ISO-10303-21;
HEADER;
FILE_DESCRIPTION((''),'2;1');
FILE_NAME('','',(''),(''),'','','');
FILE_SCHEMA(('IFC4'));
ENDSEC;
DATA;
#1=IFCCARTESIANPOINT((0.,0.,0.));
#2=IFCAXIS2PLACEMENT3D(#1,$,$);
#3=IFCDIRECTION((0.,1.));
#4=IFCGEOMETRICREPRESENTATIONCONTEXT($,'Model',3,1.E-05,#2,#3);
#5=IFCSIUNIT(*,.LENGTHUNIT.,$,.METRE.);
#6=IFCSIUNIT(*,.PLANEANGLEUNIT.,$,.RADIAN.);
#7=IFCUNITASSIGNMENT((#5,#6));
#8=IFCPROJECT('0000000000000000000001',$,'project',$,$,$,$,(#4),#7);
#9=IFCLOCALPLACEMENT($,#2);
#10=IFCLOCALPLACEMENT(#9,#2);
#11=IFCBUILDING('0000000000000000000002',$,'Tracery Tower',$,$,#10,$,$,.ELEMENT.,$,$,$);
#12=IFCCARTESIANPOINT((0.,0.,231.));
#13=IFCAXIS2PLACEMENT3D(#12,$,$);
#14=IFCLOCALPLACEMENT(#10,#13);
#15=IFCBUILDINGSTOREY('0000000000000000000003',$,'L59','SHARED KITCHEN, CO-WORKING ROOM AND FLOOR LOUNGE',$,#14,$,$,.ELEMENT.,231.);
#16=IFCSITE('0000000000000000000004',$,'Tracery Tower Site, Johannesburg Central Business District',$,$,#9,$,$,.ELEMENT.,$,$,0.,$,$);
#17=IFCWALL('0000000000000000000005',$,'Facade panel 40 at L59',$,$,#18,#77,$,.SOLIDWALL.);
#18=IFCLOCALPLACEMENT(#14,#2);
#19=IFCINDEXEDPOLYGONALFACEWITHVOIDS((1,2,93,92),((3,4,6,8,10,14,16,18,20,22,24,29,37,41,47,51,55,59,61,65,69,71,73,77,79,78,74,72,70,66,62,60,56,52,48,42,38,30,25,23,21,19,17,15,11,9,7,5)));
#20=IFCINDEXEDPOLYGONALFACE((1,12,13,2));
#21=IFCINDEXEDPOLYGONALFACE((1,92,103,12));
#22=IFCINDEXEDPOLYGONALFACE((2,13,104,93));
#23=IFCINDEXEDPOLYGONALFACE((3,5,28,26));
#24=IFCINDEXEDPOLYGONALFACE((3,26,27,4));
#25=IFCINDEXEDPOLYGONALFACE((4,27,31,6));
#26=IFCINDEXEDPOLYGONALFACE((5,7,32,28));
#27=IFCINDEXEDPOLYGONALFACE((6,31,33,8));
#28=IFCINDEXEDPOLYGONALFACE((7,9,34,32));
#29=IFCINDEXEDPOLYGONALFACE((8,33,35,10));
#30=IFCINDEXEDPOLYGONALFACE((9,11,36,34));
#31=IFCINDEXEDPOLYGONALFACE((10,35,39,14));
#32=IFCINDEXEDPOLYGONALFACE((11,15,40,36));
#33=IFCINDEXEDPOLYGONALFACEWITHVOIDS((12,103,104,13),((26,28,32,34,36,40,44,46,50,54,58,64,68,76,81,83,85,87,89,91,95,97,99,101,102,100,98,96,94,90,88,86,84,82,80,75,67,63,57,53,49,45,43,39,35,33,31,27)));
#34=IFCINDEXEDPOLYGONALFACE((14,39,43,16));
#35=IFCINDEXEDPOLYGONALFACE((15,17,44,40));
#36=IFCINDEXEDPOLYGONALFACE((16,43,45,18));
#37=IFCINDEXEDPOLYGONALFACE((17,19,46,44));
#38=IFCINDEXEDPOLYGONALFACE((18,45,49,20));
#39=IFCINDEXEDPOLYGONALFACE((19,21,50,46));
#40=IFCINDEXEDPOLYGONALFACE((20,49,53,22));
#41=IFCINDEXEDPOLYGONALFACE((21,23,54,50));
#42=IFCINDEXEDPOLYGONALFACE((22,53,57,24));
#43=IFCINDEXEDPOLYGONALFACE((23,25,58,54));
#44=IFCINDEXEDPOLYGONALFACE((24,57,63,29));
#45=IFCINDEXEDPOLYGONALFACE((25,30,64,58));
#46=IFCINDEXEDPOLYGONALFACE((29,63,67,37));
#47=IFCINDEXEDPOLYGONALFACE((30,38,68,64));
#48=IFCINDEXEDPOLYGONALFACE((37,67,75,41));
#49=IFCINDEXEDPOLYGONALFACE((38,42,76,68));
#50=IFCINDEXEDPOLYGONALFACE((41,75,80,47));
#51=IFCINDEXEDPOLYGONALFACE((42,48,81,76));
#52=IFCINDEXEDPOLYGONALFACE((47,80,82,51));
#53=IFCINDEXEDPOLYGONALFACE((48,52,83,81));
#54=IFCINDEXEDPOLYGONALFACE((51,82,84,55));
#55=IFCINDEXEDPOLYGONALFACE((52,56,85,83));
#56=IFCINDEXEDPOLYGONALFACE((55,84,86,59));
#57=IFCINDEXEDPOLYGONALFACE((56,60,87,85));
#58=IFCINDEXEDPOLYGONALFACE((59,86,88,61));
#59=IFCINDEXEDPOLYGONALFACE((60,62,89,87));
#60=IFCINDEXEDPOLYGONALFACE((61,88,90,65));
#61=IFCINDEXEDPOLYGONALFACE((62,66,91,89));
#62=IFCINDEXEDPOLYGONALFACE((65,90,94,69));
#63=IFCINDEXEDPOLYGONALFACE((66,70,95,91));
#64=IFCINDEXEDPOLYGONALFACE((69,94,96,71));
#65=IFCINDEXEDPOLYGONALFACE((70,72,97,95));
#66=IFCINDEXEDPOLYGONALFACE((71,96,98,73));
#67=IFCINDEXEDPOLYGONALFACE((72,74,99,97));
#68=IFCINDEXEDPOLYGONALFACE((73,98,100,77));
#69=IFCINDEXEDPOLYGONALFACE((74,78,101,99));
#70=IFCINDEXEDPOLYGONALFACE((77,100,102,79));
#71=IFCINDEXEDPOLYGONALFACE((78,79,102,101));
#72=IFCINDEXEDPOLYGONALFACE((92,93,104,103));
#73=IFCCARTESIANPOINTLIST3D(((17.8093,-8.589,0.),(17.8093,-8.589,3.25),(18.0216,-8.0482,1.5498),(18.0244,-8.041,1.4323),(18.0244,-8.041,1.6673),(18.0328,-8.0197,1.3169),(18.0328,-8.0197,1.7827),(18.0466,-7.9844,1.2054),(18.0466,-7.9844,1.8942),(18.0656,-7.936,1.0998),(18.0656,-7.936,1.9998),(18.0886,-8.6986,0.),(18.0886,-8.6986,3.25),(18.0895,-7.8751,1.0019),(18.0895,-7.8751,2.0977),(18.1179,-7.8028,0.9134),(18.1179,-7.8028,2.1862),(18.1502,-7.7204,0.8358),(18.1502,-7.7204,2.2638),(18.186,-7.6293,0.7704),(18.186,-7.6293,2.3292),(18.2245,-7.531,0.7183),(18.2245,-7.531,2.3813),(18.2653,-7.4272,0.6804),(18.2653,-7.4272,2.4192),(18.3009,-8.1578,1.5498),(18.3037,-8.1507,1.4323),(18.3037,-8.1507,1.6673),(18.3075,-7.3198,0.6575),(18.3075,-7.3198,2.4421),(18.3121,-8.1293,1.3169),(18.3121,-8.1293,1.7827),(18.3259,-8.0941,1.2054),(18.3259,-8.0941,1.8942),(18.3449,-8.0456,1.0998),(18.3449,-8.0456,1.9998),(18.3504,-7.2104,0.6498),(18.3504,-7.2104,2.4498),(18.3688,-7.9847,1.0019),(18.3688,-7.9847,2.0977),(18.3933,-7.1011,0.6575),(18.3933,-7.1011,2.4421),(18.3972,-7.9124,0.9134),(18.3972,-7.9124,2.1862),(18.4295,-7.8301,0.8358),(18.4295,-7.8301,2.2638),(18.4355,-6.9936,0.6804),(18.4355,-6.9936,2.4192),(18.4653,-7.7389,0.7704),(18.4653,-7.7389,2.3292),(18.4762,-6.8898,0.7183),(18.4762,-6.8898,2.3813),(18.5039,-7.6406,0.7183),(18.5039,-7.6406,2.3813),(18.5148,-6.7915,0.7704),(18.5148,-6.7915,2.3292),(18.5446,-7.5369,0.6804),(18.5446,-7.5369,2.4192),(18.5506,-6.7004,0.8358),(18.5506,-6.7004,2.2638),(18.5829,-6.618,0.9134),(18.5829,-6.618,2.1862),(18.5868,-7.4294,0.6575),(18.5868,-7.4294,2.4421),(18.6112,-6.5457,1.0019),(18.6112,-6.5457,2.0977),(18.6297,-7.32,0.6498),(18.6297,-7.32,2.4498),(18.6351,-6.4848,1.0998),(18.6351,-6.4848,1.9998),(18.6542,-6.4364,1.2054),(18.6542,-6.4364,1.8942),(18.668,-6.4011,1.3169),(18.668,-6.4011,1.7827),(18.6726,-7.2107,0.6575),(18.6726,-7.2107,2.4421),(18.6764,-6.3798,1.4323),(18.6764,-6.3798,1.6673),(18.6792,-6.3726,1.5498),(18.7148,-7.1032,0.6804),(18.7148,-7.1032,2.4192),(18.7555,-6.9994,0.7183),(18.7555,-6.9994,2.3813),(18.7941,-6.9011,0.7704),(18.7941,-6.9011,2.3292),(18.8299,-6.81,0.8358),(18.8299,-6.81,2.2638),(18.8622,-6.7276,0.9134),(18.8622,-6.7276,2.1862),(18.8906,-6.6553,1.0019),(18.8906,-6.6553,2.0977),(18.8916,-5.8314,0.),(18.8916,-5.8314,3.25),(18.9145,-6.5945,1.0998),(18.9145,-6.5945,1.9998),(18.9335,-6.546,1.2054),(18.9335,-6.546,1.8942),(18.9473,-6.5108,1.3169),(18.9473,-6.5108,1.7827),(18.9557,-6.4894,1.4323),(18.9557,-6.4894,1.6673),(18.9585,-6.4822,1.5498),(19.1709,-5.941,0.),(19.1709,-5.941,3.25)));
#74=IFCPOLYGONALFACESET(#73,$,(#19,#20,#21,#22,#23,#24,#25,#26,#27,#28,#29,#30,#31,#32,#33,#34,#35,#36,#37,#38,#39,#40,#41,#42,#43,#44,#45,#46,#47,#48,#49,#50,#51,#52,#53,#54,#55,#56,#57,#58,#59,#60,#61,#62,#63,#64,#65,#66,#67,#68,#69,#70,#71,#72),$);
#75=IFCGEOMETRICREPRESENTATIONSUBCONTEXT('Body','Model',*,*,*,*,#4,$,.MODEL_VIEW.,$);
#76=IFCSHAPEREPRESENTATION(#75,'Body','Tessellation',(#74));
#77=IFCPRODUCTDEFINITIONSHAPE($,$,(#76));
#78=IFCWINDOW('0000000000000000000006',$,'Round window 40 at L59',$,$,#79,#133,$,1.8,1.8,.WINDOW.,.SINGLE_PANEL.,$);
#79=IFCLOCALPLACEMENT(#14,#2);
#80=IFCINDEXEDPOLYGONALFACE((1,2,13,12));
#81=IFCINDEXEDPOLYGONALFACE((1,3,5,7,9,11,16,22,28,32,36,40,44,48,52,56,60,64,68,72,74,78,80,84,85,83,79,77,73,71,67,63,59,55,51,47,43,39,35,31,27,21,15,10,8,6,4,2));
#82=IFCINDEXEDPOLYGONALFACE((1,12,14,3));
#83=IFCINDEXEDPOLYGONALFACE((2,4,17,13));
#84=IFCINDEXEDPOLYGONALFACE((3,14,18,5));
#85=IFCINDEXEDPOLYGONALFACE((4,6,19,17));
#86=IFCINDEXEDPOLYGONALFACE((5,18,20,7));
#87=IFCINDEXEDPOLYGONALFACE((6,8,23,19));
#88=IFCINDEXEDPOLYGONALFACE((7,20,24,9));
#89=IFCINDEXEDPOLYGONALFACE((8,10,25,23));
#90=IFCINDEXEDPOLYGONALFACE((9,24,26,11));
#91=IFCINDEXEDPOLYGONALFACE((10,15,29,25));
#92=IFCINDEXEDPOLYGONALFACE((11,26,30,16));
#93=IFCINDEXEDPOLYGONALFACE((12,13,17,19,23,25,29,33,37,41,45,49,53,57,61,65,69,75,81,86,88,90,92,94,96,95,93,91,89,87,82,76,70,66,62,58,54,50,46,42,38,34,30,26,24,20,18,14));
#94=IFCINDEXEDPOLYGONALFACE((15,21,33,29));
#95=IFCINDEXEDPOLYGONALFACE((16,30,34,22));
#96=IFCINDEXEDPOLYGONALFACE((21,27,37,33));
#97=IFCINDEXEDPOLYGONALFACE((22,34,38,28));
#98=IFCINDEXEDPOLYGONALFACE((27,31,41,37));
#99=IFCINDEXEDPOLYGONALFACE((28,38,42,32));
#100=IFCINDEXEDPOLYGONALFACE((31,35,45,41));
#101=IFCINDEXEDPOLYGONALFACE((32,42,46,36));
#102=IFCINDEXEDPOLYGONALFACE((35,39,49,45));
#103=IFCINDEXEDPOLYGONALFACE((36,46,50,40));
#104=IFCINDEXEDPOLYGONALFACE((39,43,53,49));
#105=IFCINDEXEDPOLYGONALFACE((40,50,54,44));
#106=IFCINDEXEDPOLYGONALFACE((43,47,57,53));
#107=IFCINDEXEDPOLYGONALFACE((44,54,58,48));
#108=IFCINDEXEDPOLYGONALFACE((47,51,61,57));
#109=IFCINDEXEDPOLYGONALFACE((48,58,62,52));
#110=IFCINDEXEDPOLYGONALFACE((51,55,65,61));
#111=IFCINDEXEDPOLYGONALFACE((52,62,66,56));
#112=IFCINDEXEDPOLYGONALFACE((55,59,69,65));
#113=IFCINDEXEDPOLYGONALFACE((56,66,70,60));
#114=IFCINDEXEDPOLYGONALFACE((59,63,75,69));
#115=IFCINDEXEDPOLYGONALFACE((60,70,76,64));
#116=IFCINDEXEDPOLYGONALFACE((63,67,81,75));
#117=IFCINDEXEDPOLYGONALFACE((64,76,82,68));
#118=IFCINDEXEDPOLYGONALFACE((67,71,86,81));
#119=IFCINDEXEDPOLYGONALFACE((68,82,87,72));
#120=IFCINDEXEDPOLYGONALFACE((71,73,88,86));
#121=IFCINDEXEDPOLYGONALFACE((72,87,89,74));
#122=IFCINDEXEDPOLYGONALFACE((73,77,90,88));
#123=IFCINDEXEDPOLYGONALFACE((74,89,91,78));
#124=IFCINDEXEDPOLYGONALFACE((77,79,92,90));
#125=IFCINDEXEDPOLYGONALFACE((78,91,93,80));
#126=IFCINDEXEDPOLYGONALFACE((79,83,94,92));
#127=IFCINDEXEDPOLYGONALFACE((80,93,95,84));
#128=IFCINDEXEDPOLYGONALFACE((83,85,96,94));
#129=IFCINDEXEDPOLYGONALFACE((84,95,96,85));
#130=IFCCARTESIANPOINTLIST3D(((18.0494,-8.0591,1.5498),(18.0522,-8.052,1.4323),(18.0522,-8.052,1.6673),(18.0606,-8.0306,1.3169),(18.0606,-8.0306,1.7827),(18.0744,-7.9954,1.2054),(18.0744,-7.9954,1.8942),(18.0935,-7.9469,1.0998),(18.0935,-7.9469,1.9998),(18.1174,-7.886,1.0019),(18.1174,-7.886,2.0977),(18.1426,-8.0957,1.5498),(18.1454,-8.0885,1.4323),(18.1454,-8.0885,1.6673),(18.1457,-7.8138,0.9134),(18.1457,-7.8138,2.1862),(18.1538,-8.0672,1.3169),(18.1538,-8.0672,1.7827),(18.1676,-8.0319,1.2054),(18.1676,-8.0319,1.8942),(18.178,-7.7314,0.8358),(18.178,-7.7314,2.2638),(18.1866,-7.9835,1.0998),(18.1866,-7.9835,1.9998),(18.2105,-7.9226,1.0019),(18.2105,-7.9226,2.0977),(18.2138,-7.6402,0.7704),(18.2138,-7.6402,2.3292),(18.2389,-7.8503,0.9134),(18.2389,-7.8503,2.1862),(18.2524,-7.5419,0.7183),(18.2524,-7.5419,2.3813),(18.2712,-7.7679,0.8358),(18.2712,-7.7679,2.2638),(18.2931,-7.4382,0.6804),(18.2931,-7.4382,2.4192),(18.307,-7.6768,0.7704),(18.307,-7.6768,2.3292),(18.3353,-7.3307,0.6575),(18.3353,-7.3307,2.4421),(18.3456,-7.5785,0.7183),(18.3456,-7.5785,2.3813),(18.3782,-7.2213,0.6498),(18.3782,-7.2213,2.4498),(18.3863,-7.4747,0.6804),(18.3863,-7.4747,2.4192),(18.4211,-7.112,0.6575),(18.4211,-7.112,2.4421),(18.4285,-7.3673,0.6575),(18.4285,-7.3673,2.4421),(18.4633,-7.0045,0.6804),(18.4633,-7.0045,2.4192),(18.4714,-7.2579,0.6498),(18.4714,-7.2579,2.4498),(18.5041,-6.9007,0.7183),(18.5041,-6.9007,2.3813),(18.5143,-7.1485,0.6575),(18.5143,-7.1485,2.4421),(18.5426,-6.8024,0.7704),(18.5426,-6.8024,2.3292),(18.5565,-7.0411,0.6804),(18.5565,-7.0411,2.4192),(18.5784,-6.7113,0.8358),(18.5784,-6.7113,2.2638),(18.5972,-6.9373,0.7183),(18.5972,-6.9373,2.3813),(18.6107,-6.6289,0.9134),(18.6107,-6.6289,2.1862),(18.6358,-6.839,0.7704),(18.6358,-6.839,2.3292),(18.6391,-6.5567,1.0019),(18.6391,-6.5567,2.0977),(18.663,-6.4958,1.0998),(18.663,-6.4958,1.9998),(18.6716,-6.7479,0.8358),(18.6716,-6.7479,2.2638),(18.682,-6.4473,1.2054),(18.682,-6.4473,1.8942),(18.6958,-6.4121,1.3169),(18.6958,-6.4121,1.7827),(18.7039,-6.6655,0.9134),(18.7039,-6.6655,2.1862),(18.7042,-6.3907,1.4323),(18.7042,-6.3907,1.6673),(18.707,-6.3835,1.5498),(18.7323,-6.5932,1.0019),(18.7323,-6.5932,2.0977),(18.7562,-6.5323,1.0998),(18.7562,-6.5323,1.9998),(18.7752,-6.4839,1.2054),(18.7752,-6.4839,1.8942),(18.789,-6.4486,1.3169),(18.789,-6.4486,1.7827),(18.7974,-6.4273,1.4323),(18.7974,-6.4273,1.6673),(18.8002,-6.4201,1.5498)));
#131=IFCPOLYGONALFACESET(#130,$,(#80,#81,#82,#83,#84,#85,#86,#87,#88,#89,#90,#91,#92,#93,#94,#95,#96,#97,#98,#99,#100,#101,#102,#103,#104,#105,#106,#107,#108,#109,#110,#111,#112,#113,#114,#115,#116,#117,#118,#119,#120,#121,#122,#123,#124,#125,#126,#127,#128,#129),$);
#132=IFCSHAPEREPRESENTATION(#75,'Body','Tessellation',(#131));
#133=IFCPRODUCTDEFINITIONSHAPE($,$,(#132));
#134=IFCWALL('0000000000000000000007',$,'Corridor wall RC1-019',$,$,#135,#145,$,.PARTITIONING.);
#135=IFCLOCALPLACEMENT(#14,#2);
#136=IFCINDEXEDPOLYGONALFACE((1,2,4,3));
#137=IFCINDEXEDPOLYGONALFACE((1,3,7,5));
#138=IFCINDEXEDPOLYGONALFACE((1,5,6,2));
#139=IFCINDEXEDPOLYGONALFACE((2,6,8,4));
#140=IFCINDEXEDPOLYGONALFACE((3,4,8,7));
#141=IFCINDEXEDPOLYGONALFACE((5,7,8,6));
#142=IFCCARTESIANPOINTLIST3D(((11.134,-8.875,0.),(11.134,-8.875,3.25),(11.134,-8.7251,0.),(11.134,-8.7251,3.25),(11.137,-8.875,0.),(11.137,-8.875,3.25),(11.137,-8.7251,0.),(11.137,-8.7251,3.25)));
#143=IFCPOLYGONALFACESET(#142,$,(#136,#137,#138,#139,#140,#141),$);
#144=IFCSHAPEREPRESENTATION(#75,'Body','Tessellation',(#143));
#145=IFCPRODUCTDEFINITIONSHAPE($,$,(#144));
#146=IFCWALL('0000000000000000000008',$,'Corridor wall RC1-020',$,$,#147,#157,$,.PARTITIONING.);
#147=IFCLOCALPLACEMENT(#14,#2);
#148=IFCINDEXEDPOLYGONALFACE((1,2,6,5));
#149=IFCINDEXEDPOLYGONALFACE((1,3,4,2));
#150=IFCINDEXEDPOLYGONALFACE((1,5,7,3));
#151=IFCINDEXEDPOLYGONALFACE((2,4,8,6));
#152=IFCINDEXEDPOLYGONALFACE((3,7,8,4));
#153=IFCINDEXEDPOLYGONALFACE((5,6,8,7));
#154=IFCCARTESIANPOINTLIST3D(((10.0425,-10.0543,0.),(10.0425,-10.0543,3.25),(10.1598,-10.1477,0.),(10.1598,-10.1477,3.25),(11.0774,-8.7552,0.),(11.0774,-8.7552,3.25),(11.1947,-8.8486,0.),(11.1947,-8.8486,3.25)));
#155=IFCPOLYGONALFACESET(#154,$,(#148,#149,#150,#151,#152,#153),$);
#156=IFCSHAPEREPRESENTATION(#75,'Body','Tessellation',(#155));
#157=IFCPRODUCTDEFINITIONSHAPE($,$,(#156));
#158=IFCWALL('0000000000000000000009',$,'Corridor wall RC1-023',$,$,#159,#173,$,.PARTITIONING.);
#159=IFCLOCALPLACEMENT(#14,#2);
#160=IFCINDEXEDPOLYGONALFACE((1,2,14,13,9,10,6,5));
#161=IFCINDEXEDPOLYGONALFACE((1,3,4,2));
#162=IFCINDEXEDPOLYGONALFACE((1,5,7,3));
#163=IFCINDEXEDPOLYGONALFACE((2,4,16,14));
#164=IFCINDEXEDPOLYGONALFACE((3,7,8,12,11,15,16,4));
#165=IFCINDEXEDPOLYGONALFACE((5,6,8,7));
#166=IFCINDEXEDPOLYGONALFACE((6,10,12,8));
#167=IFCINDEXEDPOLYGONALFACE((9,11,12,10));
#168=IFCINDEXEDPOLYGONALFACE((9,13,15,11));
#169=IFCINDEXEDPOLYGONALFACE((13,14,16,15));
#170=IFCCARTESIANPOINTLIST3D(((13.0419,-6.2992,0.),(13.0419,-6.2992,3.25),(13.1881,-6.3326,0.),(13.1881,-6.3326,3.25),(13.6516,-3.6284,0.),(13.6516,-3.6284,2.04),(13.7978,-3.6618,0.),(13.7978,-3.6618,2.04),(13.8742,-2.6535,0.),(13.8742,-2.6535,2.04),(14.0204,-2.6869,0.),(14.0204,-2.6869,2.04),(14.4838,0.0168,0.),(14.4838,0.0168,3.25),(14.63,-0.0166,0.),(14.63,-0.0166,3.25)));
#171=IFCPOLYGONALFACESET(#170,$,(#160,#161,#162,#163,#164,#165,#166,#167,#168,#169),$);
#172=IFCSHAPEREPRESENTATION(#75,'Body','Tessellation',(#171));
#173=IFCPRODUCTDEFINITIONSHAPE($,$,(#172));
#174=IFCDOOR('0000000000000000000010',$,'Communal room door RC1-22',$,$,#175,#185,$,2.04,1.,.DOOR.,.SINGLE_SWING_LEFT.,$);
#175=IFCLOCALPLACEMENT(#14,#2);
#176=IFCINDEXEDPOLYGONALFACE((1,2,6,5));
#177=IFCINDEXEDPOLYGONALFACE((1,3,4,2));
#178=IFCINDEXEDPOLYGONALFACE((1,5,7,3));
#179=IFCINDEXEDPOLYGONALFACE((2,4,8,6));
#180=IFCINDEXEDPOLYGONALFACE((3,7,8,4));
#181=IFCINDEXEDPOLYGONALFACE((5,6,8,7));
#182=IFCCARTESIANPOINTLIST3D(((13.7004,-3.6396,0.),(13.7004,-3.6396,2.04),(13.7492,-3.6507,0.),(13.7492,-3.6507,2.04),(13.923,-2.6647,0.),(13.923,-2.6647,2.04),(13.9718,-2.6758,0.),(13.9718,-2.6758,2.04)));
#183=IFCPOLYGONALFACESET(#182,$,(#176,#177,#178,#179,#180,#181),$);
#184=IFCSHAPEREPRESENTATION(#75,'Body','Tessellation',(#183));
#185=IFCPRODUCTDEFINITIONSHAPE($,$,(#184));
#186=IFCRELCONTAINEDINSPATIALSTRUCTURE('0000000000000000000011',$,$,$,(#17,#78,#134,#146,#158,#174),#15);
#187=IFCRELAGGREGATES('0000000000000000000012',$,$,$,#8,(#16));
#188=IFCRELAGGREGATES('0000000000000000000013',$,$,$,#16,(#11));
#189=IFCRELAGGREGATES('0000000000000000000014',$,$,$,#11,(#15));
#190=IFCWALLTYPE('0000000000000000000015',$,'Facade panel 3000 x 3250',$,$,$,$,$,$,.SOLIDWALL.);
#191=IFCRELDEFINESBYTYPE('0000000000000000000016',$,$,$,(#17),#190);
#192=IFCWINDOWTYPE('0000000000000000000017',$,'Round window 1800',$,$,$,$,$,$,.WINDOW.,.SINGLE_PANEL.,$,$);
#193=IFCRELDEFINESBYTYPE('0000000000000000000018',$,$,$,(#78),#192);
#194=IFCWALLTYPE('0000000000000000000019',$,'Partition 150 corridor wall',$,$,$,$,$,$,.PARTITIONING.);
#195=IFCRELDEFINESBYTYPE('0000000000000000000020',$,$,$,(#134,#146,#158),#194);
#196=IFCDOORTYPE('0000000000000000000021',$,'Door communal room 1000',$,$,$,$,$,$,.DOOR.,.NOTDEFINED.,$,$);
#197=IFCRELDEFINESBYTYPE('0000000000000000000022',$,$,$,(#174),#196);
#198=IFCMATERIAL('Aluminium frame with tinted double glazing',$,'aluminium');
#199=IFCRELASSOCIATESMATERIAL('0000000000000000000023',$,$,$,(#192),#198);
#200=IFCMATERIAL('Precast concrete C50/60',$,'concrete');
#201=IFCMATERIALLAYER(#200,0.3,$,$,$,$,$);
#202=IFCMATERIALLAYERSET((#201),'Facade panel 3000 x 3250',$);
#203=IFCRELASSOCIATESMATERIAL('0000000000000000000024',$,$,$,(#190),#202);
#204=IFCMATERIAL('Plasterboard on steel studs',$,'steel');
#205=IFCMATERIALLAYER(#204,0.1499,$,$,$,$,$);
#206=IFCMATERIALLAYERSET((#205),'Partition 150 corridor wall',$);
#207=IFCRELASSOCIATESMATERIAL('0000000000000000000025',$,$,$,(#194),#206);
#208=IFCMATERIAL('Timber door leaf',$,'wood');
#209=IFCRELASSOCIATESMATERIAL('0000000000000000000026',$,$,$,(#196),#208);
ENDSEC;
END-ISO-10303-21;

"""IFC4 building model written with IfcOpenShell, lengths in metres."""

from ifc_helpers import new_model, si_unit, direction, frame, frame_2d, origin, origin_2d, place, context, subcontext, project, spatial, rectangle, circle, extrude, material, layer, layer_set, type_object, element, fill, save


model = new_model("IFC4")

# Units and contexts
model_context = context("Model", 3, precision=1e-05, world=origin(), true_north=direction((0.0, 1.0)))
body_context = subcontext(model_context, "Body", "Model", "MODEL_VIEW")
ifc_project = project(units=[si_unit("LENGTHUNIT", "METRE"), si_unit("PLANEANGLEUNIT", "RADIAN")], contexts=[model_context])

# Site, building, storey
site_placement = place(None, origin())
site = spatial("IfcSite", under=ifc_project, at=site_placement, Name="Tracery Tower Site, Johannesburg Central Business District", CompositionType="ELEMENT", RefElevation=0.0)
building_placement = place(site_placement, origin())
building = spatial("IfcBuilding", under=site, at=building_placement, Name="Tracery Tower", CompositionType="ELEMENT")
storey_placement = place(building_placement, frame((0.0, 0.0, 231.0)))
storey = spatial("IfcBuildingStorey", under=building, at=storey_placement, Name="L59", Description="SHARED KITCHEN, CO-WORKING ROOM AND FLOOR LOUNGE", CompositionType="ELEMENT", Elevation=231.0)

# Wall, opening, window
ifc_material_1 = material(Name="Aluminium frame with tinted double glazing", Category="aluminium")
window_type = type_object("IfcWindowType", Name="Round window 1800", PartitioningType="SINGLE_PANEL", PredefinedType="WINDOW", material=ifc_material_1)
ifc_material_2 = material(Name="Precast concrete C50/60", Category="concrete")
ifc_layer_1 = layer(ifc_material_2, 0.3)
ifc_layer_set_1 = layer_set([ifc_layer_1], Name="Facade panel 3000 x 3250")
wall_type_1 = type_object("IfcWallType", Name="Facade panel 3000 x 3250", PredefinedType="SOLIDWALL", material=ifc_layer_set_1)
wall_1_placement = place(storey_placement, frame((17.949, -8.6438, 0.0), z_axis=(0.0, 0.0, 1.0), x_axis=(0.365344, 0.930873, 0.0)))
wall_1 = element("IfcWall", 1, at=wall_1_placement, inside=storey, type_object=wall_type_1, Name="Facade panel 40 at L59", PredefinedType="SOLIDWALL", context=body_context, shape_type="SweptSolid", body=[
    extrude(rectangle(XDim=2.9624, YDim=0.3, at=frame_2d((1.4812, 0.0))), origin(), (0.0, 0.0, 1.0), 3.25),
])
opening_1_placement = place(wall_1_placement, frame((1.481, 0.0, 1.5498)))
opening_1 = element("IfcOpeningElement", 2, at=opening_1_placement, cuts=wall_1, PredefinedType="OPENING", context=body_context, shape_type="SweptSolid", body=[
    extrude(circle(Radius=0.9, at=origin_2d()), frame((0.0, 0.1599, 0.0), z_axis=(0.0, -1.0, 0.0), x_axis=(1.0, 0.0, 0.0)), (0.0, 0.0, 1.0), 0.3201),
])
window_1_placement = place(opening_1_placement, origin())
window_1 = element("IfcWindow", 3, at=window_1_placement, inside=storey, type_object=window_type, Name="Round window 40 at L59", OverallHeight=1.8, OverallWidth=1.8, PartitioningType="SINGLE_PANEL", PredefinedType="WINDOW", context=body_context, shape_type="SweptSolid", body=[
    extrude(circle(Radius=0.9, at=origin_2d()), frame((0.0, 0.1201, 0.0), z_axis=(0.0, -1.0, 0.0), x_axis=(1.0, 0.0, 0.0)), (0.0, 0.0, 1.0), 0.1001),
])
fill(opening_1, window_1)

# Walls
ifc_material_3 = material(Name="Plasterboard on steel studs", Category="steel")
ifc_layer_2 = layer(ifc_material_3, 0.1499)
ifc_layer_set_2 = layer_set([ifc_layer_2], Name="Partition 150 corridor wall")
wall_type_2 = type_object("IfcWallType", Name="Partition 150 corridor wall", PredefinedType="PARTITIONING", material=ifc_layer_set_2)
wall_2_placement = place(storey_placement, frame((11.137, -8.8, 0.0), z_axis=(0.0, 0.0, 1.0), x_axis=(-1.0, 0.0, 0.0)))
element("IfcWall", 4, at=wall_2_placement, inside=storey, type_object=wall_type_2, Name="Corridor wall RC1-019", PredefinedType="PARTITIONING", context=body_context, shape_type="SweptSolid", body=[
    extrude(rectangle(XDim=0.0029, YDim=0.1499, at=frame_2d((0.0015, 0.0))), origin(), (0.0, 0.0, 1.0), 3.25),
])
wall_3_placement = place(storey_placement, frame((10.1011, -10.1011, 0.0), z_axis=(0.0, 0.0, 1.0), x_axis=(0.623098, 0.782143, 0.0)))
element("IfcWall", 5, at=wall_3_placement, inside=storey, type_object=wall_type_2, Name="Corridor wall RC1-020", PredefinedType="PARTITIONING", context=body_context, shape_type="SweptSolid", body=[
    extrude(rectangle(XDim=1.6609, YDim=0.1499, at=frame_2d((0.8306, 0.0))), origin(), (0.0, 0.0, 1.0), 3.25),
])

# Wall, opening, door
wall_4_placement = place(storey_placement, frame((13.115, -6.3159, 0.0), z_axis=(0.0, 0.0, 1.0), x_axis=(0.222569, 0.974917, 0.0)))
wall_4 = element("IfcWall", 6, at=wall_4_placement, inside=storey, type_object=wall_type_2, Name="Corridor wall RC1-023", PredefinedType="PARTITIONING", context=body_context, shape_type="SweptSolid", body=[
    extrude(rectangle(XDim=6.4785, YDim=0.1499, at=frame_2d((3.2393, 0.0))), origin(), (0.0, 0.0, 1.0), 3.25),
])
opening_2_placement = place(wall_4_placement, frame((2.7395, 0.0, 0.0)))
opening_2 = element("IfcOpeningElement", 7, at=opening_2_placement, cuts=wall_4, PredefinedType="OPENING", context=body_context, shape_type="SweptSolid", body=[
    extrude(rectangle(XDim=1.0, YDim=2.04, at=frame_2d((0.5, 1.02))), frame((0.0, 0.075, 0.0), z_axis=(0.0, -1.0, 0.0), x_axis=(1.0, 0.0, 0.0)), (0.0, 0.0, 1.0), 0.1499),
])
ifc_material_4 = material(Name="Timber door leaf", Category="wood")
door_type_1 = type_object("IfcDoorType", Name="Door communal room 1000", OperationType="NOTDEFINED", PredefinedType="DOOR", material=ifc_material_4)
door_1_placement = place(opening_2_placement, origin())
door_1 = element("IfcDoor", 8, at=door_1_placement, inside=storey, type_object=door_type_1, Name="Communal room door RC1-22", OperationType="SINGLE_SWING_LEFT", OverallHeight=2.04, OverallWidth=1.0, PredefinedType="DOOR", context=body_context, shape_type="SweptSolid", body=[
    extrude(rectangle(XDim=1.0, YDim=2.04, at=frame_2d((0.5, 1.02))), frame((0.0, 0.0249, 0.0), z_axis=(0.0, -1.0, 0.0), x_axis=(1.0, 0.0, 0.0)), (0.0, 0.0, 1.0), 0.05),
])
fill(opening_2, door_1)

save(model, "model.ifc")
